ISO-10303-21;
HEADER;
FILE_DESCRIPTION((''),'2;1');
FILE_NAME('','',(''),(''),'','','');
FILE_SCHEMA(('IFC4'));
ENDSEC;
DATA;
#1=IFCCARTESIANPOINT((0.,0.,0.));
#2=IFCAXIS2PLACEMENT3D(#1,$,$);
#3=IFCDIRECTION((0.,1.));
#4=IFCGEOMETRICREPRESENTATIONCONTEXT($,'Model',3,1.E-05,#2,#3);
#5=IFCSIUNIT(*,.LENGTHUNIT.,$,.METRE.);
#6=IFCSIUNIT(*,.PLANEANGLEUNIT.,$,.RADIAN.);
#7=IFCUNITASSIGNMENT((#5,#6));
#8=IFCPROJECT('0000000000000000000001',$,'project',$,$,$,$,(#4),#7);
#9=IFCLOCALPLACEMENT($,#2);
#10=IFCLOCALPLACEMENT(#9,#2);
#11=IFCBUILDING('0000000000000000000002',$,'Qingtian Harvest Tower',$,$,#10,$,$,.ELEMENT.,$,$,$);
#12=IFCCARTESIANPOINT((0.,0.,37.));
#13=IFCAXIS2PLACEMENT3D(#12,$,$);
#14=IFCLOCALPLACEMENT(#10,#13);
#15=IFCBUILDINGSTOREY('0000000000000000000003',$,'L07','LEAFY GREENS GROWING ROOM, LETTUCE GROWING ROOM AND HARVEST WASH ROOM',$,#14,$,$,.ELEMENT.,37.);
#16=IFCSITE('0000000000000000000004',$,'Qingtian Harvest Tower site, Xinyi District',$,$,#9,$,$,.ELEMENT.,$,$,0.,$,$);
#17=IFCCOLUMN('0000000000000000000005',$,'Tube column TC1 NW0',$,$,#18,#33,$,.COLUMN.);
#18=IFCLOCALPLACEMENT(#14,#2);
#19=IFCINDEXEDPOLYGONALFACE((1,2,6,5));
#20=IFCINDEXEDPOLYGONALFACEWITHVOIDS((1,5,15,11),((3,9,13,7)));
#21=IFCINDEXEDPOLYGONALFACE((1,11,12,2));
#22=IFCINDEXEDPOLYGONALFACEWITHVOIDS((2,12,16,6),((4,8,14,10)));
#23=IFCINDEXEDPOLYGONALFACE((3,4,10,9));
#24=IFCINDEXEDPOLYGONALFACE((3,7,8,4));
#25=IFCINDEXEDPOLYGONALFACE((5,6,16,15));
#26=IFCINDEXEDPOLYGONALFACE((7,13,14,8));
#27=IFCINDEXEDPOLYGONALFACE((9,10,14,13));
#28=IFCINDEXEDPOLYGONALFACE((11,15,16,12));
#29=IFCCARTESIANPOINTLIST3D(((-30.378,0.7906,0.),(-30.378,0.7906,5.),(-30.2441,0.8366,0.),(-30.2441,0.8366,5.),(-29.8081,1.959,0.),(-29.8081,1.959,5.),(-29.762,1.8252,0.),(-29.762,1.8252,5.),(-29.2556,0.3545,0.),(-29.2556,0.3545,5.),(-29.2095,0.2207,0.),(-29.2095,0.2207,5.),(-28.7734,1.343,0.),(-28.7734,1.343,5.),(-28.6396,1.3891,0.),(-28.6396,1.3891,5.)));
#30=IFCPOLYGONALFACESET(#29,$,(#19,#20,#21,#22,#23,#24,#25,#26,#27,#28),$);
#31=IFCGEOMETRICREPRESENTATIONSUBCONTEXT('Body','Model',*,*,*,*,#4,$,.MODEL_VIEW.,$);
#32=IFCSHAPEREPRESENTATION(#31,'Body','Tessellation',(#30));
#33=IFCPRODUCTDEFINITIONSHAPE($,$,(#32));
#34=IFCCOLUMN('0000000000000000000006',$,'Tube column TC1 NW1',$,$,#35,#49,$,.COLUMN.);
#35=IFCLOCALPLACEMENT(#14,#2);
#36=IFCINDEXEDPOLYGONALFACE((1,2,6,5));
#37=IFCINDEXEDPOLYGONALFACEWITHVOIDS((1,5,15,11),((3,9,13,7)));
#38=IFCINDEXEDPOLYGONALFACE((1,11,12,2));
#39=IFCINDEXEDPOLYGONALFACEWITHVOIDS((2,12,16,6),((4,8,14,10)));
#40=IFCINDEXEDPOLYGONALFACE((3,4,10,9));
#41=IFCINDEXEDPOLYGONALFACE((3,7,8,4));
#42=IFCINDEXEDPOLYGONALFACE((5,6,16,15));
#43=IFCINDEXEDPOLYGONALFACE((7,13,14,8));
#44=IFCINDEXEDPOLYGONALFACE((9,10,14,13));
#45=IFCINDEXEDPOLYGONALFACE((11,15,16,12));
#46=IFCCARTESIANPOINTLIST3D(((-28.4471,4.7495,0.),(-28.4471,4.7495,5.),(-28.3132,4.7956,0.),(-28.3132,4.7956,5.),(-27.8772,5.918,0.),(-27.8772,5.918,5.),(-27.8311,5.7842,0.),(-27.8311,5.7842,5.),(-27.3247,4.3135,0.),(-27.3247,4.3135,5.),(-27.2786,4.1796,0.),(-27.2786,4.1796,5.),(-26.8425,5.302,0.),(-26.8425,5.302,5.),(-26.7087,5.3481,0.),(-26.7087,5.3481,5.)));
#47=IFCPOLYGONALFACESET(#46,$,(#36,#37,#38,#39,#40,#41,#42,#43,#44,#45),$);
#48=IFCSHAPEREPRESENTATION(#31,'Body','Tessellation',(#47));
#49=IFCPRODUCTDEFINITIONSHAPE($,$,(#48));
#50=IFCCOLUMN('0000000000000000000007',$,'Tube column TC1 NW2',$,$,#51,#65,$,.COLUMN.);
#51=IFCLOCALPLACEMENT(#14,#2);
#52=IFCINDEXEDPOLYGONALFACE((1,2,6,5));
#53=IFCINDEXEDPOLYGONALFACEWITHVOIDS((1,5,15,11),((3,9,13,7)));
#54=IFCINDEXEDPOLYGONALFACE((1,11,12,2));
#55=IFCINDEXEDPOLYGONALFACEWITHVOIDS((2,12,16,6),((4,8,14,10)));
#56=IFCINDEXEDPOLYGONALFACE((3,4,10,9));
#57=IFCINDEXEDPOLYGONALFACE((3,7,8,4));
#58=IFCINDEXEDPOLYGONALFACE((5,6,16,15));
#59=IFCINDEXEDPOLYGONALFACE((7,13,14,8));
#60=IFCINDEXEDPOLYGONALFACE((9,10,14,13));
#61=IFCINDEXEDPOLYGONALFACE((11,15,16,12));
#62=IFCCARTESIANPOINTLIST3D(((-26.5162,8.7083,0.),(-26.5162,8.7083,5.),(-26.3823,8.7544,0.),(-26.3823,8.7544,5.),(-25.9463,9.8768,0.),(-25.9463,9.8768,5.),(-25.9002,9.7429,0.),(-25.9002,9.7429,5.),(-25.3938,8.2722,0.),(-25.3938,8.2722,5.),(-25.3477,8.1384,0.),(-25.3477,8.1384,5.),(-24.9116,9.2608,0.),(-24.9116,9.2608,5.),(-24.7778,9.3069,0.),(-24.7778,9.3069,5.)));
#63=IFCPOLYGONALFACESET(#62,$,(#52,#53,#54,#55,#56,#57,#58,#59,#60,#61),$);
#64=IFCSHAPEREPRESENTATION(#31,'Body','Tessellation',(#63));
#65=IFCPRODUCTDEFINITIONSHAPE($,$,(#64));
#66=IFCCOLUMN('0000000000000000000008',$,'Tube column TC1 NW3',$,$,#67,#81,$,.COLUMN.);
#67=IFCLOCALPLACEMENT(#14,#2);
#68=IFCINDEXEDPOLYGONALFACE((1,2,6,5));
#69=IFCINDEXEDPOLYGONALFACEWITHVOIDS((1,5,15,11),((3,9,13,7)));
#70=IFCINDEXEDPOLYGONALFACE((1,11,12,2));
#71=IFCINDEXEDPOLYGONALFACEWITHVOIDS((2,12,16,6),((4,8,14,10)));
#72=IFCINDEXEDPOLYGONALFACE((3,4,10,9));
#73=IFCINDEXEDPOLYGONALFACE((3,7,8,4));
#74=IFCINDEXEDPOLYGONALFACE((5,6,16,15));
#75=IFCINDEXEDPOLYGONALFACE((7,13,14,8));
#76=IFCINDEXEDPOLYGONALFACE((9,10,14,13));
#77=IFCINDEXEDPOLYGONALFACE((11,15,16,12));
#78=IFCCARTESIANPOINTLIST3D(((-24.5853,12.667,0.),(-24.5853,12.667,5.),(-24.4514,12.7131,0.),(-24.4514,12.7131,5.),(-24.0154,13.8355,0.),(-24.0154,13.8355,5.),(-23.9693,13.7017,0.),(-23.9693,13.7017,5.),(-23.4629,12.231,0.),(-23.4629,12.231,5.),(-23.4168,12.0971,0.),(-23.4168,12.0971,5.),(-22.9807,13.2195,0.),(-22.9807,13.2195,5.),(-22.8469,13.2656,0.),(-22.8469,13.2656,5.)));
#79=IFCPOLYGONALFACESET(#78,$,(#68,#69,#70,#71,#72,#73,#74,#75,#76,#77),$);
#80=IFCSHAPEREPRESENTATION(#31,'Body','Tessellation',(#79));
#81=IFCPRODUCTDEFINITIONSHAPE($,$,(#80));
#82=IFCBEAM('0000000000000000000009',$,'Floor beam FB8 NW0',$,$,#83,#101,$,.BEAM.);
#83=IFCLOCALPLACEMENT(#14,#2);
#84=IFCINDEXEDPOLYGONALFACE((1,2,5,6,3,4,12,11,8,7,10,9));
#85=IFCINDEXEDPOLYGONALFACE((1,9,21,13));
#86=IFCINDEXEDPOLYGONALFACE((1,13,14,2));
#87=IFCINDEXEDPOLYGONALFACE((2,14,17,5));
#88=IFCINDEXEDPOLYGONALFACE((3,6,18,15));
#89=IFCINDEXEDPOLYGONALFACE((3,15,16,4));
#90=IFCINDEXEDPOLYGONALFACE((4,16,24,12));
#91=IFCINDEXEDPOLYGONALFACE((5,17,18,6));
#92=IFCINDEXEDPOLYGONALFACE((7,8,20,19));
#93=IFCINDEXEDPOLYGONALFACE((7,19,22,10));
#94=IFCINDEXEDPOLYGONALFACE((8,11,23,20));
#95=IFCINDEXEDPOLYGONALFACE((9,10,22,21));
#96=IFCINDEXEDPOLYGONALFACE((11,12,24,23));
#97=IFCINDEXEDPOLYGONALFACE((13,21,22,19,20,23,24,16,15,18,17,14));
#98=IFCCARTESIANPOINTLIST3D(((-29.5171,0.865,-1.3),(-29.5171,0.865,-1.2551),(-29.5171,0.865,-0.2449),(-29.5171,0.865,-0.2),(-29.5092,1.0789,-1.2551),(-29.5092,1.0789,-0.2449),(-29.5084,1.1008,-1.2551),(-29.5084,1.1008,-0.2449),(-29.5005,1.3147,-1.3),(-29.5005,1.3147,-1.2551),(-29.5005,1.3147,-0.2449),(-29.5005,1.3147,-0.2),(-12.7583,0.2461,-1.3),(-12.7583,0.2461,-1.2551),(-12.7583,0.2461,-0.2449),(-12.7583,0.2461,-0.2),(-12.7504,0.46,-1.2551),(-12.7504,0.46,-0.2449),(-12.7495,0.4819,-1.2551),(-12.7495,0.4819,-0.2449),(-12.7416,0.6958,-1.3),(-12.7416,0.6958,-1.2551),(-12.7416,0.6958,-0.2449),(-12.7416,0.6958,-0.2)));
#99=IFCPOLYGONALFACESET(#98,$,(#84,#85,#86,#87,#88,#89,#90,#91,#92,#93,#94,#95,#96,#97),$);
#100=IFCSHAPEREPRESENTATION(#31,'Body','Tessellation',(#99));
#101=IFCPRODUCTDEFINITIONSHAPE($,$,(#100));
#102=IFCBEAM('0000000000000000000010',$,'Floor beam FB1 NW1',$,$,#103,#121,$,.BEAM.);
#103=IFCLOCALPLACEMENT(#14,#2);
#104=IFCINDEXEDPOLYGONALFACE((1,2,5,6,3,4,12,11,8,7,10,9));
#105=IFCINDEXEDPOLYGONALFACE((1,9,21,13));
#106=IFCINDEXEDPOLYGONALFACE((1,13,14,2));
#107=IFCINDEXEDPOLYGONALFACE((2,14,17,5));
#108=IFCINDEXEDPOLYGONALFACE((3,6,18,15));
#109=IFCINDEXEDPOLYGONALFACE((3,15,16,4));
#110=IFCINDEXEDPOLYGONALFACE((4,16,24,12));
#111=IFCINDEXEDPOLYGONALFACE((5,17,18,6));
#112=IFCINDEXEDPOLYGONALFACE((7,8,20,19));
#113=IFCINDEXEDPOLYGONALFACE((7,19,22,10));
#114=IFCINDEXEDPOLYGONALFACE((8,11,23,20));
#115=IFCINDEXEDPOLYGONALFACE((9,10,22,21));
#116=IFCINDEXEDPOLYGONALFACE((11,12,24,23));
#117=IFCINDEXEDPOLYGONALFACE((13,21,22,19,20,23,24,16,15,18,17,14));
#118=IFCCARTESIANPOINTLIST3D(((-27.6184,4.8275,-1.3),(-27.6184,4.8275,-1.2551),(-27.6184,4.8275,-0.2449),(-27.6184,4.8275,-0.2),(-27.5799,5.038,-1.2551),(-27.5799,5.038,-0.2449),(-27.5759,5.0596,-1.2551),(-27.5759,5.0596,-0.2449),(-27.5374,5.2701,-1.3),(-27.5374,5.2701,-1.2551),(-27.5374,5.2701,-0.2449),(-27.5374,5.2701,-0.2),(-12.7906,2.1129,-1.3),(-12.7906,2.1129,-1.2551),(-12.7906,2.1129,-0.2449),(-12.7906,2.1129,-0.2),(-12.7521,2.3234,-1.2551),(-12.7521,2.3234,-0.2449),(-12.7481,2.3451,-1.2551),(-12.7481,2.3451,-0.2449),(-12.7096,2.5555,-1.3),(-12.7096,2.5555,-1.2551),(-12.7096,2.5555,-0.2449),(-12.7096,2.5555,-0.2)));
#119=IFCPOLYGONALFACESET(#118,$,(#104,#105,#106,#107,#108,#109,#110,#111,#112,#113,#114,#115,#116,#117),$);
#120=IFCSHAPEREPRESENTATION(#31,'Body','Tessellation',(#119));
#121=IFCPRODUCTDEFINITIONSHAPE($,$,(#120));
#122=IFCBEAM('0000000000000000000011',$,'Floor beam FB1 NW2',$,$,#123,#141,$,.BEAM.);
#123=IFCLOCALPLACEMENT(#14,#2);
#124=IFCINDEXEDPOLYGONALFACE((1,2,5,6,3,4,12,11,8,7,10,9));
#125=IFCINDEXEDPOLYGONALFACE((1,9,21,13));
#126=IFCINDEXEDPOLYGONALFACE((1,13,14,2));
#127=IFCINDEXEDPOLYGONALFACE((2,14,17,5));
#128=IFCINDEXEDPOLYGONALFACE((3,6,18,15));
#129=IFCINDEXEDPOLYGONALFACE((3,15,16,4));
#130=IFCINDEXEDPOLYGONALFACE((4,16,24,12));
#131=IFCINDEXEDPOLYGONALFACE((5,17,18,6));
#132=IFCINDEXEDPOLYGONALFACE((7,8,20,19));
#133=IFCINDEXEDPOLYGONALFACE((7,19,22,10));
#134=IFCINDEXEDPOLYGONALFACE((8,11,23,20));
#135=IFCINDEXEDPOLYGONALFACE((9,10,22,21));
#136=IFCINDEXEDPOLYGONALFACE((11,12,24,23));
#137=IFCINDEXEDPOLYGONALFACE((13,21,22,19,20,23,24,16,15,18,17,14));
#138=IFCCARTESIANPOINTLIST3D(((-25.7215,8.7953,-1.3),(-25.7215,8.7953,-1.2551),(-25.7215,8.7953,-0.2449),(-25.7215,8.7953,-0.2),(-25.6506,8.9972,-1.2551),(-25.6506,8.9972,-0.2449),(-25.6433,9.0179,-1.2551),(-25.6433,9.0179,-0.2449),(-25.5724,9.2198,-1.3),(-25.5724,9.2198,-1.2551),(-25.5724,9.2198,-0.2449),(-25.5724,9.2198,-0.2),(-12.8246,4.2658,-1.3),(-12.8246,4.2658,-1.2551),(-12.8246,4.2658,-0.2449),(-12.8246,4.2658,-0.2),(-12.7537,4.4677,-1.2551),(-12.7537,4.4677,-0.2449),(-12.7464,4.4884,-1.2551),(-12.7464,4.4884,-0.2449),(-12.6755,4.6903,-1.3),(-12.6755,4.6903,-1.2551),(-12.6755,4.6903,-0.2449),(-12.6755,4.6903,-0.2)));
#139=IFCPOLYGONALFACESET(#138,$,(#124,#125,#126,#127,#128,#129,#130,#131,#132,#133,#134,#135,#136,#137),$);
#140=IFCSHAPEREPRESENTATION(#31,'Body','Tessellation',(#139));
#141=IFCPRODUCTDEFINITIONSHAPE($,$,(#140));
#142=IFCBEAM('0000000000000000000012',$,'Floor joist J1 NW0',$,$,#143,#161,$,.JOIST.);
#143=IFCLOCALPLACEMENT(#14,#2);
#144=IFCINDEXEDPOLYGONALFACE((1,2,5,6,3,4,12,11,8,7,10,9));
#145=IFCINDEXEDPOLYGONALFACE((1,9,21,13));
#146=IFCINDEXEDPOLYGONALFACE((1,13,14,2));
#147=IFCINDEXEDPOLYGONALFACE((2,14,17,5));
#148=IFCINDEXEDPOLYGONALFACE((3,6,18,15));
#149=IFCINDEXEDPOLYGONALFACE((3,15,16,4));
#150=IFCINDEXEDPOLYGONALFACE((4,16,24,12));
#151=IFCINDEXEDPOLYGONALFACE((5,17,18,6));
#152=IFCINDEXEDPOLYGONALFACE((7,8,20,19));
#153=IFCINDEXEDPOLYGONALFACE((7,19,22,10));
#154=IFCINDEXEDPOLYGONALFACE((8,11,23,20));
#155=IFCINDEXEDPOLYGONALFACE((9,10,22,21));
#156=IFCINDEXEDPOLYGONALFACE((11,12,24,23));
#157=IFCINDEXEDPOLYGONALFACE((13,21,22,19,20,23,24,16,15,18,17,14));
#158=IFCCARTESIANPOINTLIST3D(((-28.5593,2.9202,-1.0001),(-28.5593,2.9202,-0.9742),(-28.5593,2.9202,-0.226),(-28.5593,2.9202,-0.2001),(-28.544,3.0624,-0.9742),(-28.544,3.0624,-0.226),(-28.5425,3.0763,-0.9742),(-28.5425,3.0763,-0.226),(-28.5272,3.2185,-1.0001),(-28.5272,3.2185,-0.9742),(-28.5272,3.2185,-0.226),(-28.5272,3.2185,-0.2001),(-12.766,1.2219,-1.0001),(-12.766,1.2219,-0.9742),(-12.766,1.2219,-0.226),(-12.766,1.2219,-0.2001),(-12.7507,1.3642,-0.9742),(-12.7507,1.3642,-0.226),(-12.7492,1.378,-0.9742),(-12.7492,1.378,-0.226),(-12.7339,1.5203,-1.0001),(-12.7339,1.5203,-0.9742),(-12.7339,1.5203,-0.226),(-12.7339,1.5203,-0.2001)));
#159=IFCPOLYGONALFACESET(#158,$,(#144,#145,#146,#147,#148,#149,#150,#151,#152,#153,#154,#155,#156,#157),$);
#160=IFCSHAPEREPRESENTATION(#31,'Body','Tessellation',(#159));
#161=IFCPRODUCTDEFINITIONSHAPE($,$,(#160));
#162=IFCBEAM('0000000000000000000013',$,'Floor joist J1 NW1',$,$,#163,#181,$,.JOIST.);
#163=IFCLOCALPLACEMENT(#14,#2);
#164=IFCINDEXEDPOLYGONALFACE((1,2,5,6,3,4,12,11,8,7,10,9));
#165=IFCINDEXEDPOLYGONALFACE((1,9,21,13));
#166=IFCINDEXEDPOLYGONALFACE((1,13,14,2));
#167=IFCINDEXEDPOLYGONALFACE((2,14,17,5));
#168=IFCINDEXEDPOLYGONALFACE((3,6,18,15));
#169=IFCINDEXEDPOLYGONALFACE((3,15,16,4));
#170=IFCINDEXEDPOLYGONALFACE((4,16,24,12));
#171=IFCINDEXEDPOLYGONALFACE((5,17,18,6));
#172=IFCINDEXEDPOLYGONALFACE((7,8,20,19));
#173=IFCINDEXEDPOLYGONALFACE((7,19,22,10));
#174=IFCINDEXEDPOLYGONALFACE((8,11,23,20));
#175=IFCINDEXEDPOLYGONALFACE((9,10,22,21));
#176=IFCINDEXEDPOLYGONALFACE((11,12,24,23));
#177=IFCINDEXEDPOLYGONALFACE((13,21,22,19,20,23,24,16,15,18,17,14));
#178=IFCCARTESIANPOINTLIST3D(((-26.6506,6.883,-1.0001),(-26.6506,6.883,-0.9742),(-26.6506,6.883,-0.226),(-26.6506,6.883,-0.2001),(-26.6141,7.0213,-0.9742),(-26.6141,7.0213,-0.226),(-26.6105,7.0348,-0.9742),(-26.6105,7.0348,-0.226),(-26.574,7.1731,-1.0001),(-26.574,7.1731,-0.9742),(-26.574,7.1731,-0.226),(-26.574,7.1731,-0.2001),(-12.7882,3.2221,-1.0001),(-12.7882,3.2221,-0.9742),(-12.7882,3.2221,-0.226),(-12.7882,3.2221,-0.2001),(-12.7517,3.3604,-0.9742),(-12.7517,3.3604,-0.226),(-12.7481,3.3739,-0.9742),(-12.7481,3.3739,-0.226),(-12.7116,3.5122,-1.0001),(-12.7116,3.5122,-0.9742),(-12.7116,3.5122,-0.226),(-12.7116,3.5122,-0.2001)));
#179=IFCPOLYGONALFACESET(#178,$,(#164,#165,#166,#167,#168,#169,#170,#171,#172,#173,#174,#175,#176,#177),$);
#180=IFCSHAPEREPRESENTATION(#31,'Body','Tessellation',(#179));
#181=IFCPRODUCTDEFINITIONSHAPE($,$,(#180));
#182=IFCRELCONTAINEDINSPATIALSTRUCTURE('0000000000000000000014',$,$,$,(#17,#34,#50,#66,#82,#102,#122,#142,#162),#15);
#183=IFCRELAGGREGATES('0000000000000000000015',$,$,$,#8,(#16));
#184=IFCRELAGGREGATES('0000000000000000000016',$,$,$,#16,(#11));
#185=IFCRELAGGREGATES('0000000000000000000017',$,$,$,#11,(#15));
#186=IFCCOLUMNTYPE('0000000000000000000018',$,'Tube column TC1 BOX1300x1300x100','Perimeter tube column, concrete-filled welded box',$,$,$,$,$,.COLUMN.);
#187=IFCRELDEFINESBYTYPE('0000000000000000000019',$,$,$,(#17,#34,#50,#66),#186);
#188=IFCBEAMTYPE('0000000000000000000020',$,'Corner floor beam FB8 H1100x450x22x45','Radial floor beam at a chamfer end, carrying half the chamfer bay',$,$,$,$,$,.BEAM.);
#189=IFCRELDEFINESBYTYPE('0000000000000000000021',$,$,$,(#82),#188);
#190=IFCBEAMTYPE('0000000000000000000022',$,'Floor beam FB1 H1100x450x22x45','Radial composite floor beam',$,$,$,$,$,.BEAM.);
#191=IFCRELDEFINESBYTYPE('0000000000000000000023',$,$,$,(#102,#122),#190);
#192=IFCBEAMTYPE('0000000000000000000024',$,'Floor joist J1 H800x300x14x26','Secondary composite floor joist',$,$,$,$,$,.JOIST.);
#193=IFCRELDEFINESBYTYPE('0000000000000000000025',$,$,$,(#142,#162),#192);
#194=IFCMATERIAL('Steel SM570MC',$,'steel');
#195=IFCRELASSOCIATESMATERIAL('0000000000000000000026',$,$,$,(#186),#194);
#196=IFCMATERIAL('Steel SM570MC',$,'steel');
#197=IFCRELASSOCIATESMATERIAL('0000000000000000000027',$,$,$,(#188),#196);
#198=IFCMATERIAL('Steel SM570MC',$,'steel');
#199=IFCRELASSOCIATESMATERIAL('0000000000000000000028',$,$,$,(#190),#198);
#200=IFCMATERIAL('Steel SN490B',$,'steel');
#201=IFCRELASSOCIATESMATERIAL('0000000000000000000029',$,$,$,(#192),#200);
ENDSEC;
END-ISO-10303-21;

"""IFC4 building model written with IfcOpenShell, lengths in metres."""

from ifc_helpers import new_model, si_unit, direction, frame, origin, origin_2d, place, context, subcontext, project, spatial, hollow_rectangle, i_section, extrude, material, material_profile, profile_set, type_object, element, save


model = new_model("IFC4")

# Units and contexts
model_context = context("Model", 3, precision=1e-05, world=origin(), true_north=direction((0.0, 1.0)))
body_context = subcontext(model_context, "Body", "Model", "MODEL_VIEW")
ifc_project = project(units=[si_unit("LENGTHUNIT", "METRE"), si_unit("PLANEANGLEUNIT", "RADIAN")], contexts=[model_context])

# Site, building, storey
site_placement = place(None, origin())
site = spatial("IfcSite", under=ifc_project, at=site_placement, Name="Qingtian Harvest Tower site, Xinyi District", CompositionType="ELEMENT", RefElevation=0.0)
building_placement = place(site_placement, origin())
building = spatial("IfcBuilding", under=site, at=building_placement, Name="Qingtian Harvest Tower", CompositionType="ELEMENT")
storey_placement = place(building_placement, frame((0.0, 0.0, 37.0)))
storey = spatial("IfcBuildingStorey", under=building, at=storey_placement, Name="L07", Description="LEAFY GREENS GROWING ROOM, LETTUCE GROWING ROOM AND HARVEST WASH ROOM", CompositionType="ELEMENT", Elevation=37.0)

# Columns
ifc_material_1 = material(Name="Steel SM570MC", Category="steel")
ifc_material_profile_1 = material_profile(ifc_material_1, hollow_rectangle(XDim=1.3, YDim=1.3, WallThickness=0.1001, at=origin_2d()), Name="BOX1300x1300x100")
ifc_profile_set_1 = profile_set([ifc_material_profile_1], Name="Steel SM570MC")
column_type = type_object("IfcColumnType", Name="Tube column TC1 BOX1300x1300x100", Description="Perimeter tube column, concrete-filled welded box", PredefinedType="COLUMN", material=ifc_profile_set_1)
for number, where, z_axis, x_axis, name in (
    (1, (-29.5088, 1.0898, 0.0), (0.0, 0.0, 1.0), (-0.438371, -0.898794, 0.0), "Tube column TC1 NW0"),
    (2, (-27.5779, 5.0488, 0.0), (0.0, 0.0, 1.0), (-0.438371, -0.898794, 0.0), "Tube column TC1 NW1"),
    (3, (-25.647, 9.0076, 0.0), (0.0, 0.0, 1.0), (-0.438371, -0.898794, 0.0), "Tube column TC1 NW2"),
    (4, (-23.7161, 12.9663, 0.0), (0.0, 0.0, 1.0), (-0.438371, -0.898794, 0.0), "Tube column TC1 NW3"),
):
    element("IfcColumn", number, at=place(storey_placement, frame(where, z_axis=z_axis, x_axis=x_axis)), inside=storey, type_object=column_type, Name=name, PredefinedType="COLUMN", context=body_context, shape_type="SweptSolid", body=[
        extrude(hollow_rectangle(XDim=1.3, YDim=1.3, WallThickness=0.1001, at=origin_2d()), origin(), (0.0, 0.0, 1.0), 5.0),
    ])

# Beams
ifc_material_2 = material(Name="Steel SM570MC", Category="steel")
ifc_material_profile_2 = material_profile(ifc_material_2, i_section(OverallWidth=0.45, OverallDepth=1.1001, WebThickness=0.022, FlangeThickness=0.0449, at=origin_2d()), Name="H1100x450x22x45")
ifc_profile_set_2 = profile_set([ifc_material_profile_2], Name="Steel SM570MC")
beam_type_1 = type_object("IfcBeamType", Name="Corner floor beam FB8 H1100x450x22x45", Description="Radial floor beam at a chamfer end, carrying half the chamfer bay", PredefinedType="BEAM", material=ifc_profile_set_2)
beam_1_placement = place(storey_placement, frame((-29.5088, 1.0898, -0.75), z_axis=(0.999319, -0.036905, 0.0), x_axis=(0.036905, 0.999319, 0.0)))
element("IfcBeam", 5, at=beam_1_placement, inside=storey, type_object=beam_type_1, Name="Floor beam FB8 NW0", PredefinedType="BEAM", context=body_context, shape_type="SweptSolid", body=[
    extrude(i_section(OverallWidth=0.45, OverallDepth=1.1001, WebThickness=0.022, FlangeThickness=0.0449, at=origin_2d()), origin(), (0.0, 0.0, 1.0), 16.7703),
])
ifc_material_3 = material(Name="Steel SM570MC", Category="steel")
ifc_material_profile_3 = material_profile(ifc_material_3, i_section(OverallWidth=0.45, OverallDepth=1.1001, WebThickness=0.022, FlangeThickness=0.0449, at=origin_2d()), Name="H1100x450x22x45")
ifc_profile_set_3 = profile_set([ifc_material_profile_3], Name="Steel SM570MC")
beam_type_2 = type_object("IfcBeamType", Name="Floor beam FB1 H1100x450x22x45", Description="Radial composite floor beam", PredefinedType="BEAM", material=ifc_profile_set_3)
beam_2_placement = place(storey_placement, frame((-27.5779, 5.0488, -0.75), z_axis=(0.983652, -0.180081, 0.0), x_axis=(0.180081, 0.983652, 0.0)))
element("IfcBeam", 6, at=beam_2_placement, inside=storey, type_object=beam_type_2, Name="Floor beam FB1 NW1", PredefinedType="BEAM", context=body_context, shape_type="SweptSolid", body=[
    extrude(i_section(OverallWidth=0.45, OverallDepth=1.1001, WebThickness=0.022, FlangeThickness=0.0449, at=origin_2d()), origin(), (0.0, 0.0, 1.0), 15.0742),
])
beam_3_placement = place(storey_placement, frame((-25.647, 9.0076, -0.75), z_axis=(0.943502, -0.331367, 0.0), x_axis=(0.331367, 0.943502, 0.0)))
element("IfcBeam", 7, at=beam_3_placement, inside=storey, type_object=beam_type_2, Name="Floor beam FB1 NW2", PredefinedType="BEAM", context=body_context, shape_type="SweptSolid", body=[
    extrude(i_section(OverallWidth=0.45, OverallDepth=1.1001, WebThickness=0.022, FlangeThickness=0.0449, at=origin_2d()), origin(), (0.0, 0.0, 1.0), 13.6692),
])
ifc_material_4 = material(Name="Steel SN490B", Category="steel")
ifc_material_profile_4 = material_profile(ifc_material_4, i_section(OverallWidth=0.3, OverallDepth=0.8, WebThickness=0.0139, FlangeThickness=0.0259, at=origin_2d()), Name="H800x300x14x26")
ifc_profile_set_4 = profile_set([ifc_material_profile_4], Name="Steel SN490B")
beam_type_3 = type_object("IfcBeamType", Name="Floor joist J1 H800x300x14x26", Description="Secondary composite floor joist", PredefinedType="JOIST", material=ifc_profile_set_4)
beam_4_placement = place(storey_placement, frame((-28.5432, 3.0693, -0.6001), z_axis=(0.994268, -0.106914, 0.0), x_axis=(0.106914, 0.994268, 0.0)))
element("IfcBeam", 8, at=beam_4_placement, inside=storey, type_object=beam_type_3, Name="Floor joist J1 NW0", PredefinedType="JOIST", context=body_context, shape_type="SweptSolid", body=[
    extrude(i_section(OverallWidth=0.3, OverallDepth=0.8, WebThickness=0.0139, FlangeThickness=0.0259, at=origin_2d()), origin(), (0.0, 0.0, 1.0), 15.8843),
])
beam_5_placement = place(storey_placement, frame((-26.6123, 7.0281, -0.6001), z_axis=(0.966852, -0.255336, 0.0), x_axis=(0.255336, 0.966852, 0.0)))
element("IfcBeam", 9, at=beam_5_placement, inside=storey, type_object=beam_type_3, Name="Floor joist J1 NW1", PredefinedType="JOIST", context=body_context, shape_type="SweptSolid", body=[
    extrude(i_section(OverallWidth=0.3, OverallDepth=0.8, WebThickness=0.0139, FlangeThickness=0.0259, at=origin_2d()), origin(), (0.0, 0.0, 1.0), 14.3376),
])

save(model, "model.ifc")
